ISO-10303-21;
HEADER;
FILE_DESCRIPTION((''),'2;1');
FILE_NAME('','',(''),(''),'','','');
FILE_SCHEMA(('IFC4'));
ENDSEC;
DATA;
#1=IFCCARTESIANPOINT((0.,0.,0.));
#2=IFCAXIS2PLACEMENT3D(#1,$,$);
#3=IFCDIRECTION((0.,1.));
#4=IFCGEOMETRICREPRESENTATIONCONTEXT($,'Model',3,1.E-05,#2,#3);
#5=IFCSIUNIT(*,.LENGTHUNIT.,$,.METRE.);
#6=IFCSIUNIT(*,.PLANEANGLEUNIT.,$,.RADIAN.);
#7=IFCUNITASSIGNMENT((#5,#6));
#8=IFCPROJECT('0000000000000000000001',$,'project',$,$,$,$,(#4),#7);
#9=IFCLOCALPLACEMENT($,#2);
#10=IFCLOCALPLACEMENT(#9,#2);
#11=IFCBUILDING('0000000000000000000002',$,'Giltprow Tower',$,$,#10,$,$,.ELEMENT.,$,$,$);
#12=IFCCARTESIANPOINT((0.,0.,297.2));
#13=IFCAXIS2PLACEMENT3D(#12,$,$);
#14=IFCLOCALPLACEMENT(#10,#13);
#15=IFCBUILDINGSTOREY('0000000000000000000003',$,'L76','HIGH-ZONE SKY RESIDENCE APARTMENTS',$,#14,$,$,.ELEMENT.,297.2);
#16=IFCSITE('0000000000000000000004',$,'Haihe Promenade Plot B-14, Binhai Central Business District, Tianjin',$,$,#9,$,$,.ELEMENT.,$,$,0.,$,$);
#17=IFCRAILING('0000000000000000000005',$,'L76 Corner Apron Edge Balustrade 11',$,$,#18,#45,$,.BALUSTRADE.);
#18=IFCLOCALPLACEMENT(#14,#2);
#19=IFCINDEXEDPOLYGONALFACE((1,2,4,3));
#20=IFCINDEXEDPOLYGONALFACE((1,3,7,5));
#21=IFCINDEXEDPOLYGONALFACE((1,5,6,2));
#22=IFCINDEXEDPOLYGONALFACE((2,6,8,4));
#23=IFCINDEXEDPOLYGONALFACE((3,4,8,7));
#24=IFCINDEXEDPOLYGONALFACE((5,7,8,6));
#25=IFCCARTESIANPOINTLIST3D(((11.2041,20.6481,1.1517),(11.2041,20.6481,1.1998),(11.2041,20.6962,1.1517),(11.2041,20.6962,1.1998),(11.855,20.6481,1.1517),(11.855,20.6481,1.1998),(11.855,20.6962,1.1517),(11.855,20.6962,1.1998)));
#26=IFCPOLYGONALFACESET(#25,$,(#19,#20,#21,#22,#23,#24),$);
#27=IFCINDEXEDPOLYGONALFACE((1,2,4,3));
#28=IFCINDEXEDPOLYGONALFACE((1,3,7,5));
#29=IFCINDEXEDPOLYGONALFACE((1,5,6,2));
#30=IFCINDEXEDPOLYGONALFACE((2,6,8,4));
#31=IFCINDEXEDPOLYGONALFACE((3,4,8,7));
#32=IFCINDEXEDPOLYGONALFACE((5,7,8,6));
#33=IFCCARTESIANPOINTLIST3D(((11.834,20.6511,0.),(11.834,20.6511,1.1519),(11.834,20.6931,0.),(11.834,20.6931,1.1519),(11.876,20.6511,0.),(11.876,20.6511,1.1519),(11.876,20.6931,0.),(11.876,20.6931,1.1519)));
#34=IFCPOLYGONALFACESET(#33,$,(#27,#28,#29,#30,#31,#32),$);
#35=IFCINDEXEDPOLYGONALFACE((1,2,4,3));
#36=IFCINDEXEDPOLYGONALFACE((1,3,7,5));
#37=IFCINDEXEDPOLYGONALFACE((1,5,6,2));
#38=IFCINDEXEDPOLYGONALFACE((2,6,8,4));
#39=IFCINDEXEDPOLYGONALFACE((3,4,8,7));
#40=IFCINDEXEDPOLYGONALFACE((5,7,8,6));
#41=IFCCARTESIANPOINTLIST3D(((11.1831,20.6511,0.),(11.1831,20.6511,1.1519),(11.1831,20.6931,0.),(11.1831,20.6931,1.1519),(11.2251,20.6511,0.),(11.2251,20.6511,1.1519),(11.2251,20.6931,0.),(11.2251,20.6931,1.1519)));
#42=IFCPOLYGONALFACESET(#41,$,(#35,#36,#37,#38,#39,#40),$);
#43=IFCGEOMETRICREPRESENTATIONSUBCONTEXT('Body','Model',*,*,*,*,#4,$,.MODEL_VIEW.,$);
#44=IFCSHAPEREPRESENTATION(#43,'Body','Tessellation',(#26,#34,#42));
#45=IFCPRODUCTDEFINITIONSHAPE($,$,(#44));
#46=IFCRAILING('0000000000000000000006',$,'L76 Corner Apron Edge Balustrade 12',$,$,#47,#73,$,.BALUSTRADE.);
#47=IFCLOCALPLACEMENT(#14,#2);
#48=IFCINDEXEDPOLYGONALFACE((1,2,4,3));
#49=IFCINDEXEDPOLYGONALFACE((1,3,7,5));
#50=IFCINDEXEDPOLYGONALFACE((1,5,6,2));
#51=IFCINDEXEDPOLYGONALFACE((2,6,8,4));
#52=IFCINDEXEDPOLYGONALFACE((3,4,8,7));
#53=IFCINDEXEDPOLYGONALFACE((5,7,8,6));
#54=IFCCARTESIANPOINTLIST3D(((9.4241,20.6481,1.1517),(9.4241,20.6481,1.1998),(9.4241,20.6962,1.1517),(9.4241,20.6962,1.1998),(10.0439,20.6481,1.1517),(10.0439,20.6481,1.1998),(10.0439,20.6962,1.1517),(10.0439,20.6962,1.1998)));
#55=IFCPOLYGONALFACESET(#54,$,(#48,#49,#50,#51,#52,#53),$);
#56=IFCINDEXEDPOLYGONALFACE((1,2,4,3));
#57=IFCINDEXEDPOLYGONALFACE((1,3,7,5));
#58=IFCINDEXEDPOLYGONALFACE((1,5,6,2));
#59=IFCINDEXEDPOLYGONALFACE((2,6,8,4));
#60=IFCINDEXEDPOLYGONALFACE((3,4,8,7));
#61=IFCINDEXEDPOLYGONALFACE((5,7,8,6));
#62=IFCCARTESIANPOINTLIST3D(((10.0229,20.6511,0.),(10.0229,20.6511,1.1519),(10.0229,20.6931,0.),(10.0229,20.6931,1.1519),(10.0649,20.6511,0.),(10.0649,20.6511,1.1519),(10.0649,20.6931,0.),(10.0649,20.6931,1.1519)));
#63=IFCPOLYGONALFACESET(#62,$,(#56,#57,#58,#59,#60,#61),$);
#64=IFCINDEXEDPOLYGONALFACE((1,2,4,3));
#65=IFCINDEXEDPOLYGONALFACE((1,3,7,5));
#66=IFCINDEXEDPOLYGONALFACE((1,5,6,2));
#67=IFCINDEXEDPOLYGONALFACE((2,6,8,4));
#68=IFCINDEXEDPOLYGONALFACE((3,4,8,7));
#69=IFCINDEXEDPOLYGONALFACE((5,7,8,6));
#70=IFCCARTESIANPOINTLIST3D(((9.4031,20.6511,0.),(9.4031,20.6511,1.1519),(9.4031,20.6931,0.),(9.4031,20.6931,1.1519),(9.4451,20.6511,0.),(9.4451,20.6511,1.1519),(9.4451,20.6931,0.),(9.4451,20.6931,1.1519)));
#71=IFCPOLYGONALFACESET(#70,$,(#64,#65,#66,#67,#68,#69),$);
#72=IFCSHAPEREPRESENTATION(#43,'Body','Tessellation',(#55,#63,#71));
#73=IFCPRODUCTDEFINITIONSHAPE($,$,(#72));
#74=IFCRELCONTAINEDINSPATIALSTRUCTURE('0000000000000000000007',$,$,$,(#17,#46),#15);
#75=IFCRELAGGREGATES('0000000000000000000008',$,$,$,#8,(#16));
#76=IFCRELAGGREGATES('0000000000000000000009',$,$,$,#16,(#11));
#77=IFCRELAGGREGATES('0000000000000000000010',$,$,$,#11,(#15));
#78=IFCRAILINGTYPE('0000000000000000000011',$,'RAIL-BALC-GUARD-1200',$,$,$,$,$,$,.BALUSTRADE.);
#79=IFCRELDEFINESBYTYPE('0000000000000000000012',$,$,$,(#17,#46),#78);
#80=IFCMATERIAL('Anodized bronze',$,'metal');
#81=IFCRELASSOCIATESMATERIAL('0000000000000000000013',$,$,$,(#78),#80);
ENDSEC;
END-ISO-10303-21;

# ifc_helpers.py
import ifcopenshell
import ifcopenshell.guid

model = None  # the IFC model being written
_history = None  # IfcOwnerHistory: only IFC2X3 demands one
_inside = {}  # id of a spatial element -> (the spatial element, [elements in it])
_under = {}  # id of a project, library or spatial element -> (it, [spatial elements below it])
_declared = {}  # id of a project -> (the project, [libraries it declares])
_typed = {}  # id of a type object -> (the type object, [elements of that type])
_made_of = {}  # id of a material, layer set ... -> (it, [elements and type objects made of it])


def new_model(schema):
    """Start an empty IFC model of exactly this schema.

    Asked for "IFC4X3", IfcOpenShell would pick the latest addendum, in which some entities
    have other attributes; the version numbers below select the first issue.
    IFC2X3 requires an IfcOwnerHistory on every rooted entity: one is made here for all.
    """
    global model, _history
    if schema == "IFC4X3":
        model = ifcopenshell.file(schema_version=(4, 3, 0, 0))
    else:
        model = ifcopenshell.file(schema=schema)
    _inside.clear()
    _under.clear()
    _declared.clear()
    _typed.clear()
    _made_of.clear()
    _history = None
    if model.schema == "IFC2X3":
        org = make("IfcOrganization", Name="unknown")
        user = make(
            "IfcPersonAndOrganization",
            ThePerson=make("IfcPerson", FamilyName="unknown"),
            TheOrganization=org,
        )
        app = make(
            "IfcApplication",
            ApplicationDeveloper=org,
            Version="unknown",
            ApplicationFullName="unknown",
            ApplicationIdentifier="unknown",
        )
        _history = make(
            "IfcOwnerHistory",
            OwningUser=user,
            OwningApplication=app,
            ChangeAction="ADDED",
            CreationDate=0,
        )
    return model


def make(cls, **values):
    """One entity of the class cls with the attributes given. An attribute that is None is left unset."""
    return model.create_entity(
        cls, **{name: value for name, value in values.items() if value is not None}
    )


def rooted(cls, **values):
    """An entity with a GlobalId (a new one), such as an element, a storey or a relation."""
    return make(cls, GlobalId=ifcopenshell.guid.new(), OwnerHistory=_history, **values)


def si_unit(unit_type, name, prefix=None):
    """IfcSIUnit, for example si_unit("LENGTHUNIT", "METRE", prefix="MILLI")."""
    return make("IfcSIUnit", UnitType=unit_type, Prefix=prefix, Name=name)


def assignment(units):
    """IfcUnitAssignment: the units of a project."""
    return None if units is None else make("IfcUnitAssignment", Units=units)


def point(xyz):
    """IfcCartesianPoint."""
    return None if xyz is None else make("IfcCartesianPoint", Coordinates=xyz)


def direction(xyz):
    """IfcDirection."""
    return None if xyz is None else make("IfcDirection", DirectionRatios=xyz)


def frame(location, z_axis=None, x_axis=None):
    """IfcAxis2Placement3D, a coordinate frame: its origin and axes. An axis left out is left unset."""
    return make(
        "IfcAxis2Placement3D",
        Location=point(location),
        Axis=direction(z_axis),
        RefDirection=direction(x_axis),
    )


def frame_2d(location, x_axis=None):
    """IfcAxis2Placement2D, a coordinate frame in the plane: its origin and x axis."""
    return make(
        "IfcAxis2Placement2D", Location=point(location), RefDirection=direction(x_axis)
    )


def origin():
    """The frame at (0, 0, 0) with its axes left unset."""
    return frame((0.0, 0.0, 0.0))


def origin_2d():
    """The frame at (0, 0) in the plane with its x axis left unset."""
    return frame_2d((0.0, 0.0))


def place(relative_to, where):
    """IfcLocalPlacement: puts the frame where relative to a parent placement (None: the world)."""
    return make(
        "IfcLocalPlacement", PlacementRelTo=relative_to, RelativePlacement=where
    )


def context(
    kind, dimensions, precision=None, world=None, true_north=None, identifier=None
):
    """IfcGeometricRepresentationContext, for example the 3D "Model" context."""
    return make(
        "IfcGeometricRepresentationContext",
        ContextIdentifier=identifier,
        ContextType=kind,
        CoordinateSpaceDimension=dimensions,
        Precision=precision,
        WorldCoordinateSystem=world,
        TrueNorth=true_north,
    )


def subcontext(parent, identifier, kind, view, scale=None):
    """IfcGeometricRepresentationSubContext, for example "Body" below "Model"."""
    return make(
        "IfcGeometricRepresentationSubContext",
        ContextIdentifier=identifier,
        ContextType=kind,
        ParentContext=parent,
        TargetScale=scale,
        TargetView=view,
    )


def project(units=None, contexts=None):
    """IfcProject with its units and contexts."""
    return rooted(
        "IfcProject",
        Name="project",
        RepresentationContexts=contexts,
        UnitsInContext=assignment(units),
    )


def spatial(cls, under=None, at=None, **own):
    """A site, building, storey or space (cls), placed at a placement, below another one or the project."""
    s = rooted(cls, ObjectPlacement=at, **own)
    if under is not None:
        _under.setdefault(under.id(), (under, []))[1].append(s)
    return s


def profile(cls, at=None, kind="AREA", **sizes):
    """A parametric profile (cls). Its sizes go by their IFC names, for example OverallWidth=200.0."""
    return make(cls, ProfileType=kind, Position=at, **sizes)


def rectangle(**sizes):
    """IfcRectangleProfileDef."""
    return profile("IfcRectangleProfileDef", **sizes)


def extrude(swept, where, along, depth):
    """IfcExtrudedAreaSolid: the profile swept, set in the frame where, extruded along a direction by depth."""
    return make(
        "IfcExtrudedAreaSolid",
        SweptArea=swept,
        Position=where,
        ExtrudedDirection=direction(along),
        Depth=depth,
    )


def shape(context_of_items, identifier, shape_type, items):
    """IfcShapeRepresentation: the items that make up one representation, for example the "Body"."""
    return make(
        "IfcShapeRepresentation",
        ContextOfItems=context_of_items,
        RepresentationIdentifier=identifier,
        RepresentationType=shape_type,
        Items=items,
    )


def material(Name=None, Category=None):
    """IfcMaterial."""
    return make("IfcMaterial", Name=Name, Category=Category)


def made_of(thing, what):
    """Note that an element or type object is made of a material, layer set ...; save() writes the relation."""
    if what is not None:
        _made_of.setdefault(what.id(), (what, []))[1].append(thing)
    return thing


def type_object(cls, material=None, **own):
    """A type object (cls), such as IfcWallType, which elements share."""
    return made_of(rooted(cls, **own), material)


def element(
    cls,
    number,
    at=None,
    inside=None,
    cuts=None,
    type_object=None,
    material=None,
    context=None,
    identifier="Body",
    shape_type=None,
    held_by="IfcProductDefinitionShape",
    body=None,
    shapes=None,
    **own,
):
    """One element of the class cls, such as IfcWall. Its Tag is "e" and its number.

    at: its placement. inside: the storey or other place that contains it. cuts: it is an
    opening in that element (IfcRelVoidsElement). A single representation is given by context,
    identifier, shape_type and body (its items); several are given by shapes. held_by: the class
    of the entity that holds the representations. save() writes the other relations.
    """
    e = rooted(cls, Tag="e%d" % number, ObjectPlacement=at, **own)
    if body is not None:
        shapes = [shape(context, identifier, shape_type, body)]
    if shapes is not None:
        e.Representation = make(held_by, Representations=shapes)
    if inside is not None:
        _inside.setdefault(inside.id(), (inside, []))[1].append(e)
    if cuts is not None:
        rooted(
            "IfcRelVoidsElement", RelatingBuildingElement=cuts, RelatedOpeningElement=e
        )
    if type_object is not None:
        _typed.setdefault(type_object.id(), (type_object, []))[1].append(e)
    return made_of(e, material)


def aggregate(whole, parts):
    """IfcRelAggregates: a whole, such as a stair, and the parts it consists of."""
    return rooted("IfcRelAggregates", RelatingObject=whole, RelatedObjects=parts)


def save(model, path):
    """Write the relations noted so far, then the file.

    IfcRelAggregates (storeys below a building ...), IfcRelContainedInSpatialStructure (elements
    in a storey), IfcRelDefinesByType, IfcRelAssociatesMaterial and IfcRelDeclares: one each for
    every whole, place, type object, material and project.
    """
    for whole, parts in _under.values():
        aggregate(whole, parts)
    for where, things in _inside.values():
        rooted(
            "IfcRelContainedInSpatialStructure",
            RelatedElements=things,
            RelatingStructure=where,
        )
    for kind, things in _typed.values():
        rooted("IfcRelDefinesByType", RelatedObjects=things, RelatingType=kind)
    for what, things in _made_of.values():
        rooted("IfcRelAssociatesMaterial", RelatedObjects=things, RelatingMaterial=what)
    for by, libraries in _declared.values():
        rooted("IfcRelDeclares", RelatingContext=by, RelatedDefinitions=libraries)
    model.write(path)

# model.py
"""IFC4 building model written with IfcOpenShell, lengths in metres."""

from ifc_helpers import new_model, si_unit, direction, frame, origin, origin_2d, place, context, subcontext, project, spatial, rectangle, extrude, material, type_object, element, save


model = new_model("IFC4")

# Units and contexts
model_context = context("Model", 3, precision=1e-05, world=origin(), true_north=direction((0.0, 1.0)))
body_context = subcontext(model_context, "Body", "Model", "MODEL_VIEW")
ifc_project = project(units=[si_unit("LENGTHUNIT", "METRE"), si_unit("PLANEANGLEUNIT", "RADIAN")], contexts=[model_context])

# Site, building, storey
site_placement = place(None, origin())
site = spatial("IfcSite", under=ifc_project, at=site_placement, Name="Haihe Promenade Plot B-14, Binhai Central Business District, Tianjin", CompositionType="ELEMENT", RefElevation=0.0)
building_placement = place(site_placement, origin())
building = spatial("IfcBuilding", under=site, at=building_placement, Name="Giltprow Tower", CompositionType="ELEMENT")
storey_placement = place(building_placement, frame((0.0, 0.0, 297.2)))
storey = spatial("IfcBuildingStorey", under=building, at=storey_placement, Name="L76", Description="HIGH-ZONE SKY RESIDENCE APARTMENTS", CompositionType="ELEMENT", Elevation=297.2)

# Shared definitions
ifc_material_1 = material(Name="Anodized bronze", Category="metal")

# Railings
railing_type = type_object("IfcRailingType", Name="RAIL-BALC-GUARD-1200", PredefinedType="BALUSTRADE", material=ifc_material_1)
railing_1_placement = place(storey_placement, frame((11.855, 20.6721, 0.0)))
element("IfcRailing", 1, at=railing_1_placement, inside=storey, type_object=railing_type, Name="L76 Corner Apron Edge Balustrade 11", PredefinedType="BALUSTRADE", context=body_context, shape_type="SweptSolid", body=[
    extrude(rectangle(XDim=0.0481, YDim=0.0481, at=origin_2d()), frame((0.0, 0.0, 1.1758), z_axis=(-1.0, 0.0, 0.0), x_axis=(0.0, -1.0, 0.0)), (0.0, 0.0, 1.0), 0.6509),
    extrude(rectangle(XDim=0.042, YDim=0.042, at=origin_2d()), origin(), (0.0, 0.0, 1.0), 1.1519),
    extrude(rectangle(XDim=0.042, YDim=0.042, at=origin_2d()), frame((-0.6509, 0.0, 0.0)), (0.0, 0.0, 1.0), 1.1519),
])
railing_2_placement = place(storey_placement, frame((10.0439, 20.6721, 0.0)))
element("IfcRailing", 2, at=railing_2_placement, inside=storey, type_object=railing_type, Name="L76 Corner Apron Edge Balustrade 12", PredefinedType="BALUSTRADE", context=body_context, shape_type="SweptSolid", body=[
    extrude(rectangle(XDim=0.0481, YDim=0.0481, at=origin_2d()), frame((0.0, 0.0, 1.1758), z_axis=(-1.0, 0.0, 0.0), x_axis=(0.0, -1.0, 0.0)), (0.0, 0.0, 1.0), 0.6199),
    extrude(rectangle(XDim=0.042, YDim=0.042, at=origin_2d()), origin(), (0.0, 0.0, 1.0), 1.1519),
    extrude(rectangle(XDim=0.042, YDim=0.042, at=origin_2d()), frame((-0.6199, 0.0, 0.0)), (0.0, 0.0, 1.0), 1.1519),
])

save(model, "model.ifc")
